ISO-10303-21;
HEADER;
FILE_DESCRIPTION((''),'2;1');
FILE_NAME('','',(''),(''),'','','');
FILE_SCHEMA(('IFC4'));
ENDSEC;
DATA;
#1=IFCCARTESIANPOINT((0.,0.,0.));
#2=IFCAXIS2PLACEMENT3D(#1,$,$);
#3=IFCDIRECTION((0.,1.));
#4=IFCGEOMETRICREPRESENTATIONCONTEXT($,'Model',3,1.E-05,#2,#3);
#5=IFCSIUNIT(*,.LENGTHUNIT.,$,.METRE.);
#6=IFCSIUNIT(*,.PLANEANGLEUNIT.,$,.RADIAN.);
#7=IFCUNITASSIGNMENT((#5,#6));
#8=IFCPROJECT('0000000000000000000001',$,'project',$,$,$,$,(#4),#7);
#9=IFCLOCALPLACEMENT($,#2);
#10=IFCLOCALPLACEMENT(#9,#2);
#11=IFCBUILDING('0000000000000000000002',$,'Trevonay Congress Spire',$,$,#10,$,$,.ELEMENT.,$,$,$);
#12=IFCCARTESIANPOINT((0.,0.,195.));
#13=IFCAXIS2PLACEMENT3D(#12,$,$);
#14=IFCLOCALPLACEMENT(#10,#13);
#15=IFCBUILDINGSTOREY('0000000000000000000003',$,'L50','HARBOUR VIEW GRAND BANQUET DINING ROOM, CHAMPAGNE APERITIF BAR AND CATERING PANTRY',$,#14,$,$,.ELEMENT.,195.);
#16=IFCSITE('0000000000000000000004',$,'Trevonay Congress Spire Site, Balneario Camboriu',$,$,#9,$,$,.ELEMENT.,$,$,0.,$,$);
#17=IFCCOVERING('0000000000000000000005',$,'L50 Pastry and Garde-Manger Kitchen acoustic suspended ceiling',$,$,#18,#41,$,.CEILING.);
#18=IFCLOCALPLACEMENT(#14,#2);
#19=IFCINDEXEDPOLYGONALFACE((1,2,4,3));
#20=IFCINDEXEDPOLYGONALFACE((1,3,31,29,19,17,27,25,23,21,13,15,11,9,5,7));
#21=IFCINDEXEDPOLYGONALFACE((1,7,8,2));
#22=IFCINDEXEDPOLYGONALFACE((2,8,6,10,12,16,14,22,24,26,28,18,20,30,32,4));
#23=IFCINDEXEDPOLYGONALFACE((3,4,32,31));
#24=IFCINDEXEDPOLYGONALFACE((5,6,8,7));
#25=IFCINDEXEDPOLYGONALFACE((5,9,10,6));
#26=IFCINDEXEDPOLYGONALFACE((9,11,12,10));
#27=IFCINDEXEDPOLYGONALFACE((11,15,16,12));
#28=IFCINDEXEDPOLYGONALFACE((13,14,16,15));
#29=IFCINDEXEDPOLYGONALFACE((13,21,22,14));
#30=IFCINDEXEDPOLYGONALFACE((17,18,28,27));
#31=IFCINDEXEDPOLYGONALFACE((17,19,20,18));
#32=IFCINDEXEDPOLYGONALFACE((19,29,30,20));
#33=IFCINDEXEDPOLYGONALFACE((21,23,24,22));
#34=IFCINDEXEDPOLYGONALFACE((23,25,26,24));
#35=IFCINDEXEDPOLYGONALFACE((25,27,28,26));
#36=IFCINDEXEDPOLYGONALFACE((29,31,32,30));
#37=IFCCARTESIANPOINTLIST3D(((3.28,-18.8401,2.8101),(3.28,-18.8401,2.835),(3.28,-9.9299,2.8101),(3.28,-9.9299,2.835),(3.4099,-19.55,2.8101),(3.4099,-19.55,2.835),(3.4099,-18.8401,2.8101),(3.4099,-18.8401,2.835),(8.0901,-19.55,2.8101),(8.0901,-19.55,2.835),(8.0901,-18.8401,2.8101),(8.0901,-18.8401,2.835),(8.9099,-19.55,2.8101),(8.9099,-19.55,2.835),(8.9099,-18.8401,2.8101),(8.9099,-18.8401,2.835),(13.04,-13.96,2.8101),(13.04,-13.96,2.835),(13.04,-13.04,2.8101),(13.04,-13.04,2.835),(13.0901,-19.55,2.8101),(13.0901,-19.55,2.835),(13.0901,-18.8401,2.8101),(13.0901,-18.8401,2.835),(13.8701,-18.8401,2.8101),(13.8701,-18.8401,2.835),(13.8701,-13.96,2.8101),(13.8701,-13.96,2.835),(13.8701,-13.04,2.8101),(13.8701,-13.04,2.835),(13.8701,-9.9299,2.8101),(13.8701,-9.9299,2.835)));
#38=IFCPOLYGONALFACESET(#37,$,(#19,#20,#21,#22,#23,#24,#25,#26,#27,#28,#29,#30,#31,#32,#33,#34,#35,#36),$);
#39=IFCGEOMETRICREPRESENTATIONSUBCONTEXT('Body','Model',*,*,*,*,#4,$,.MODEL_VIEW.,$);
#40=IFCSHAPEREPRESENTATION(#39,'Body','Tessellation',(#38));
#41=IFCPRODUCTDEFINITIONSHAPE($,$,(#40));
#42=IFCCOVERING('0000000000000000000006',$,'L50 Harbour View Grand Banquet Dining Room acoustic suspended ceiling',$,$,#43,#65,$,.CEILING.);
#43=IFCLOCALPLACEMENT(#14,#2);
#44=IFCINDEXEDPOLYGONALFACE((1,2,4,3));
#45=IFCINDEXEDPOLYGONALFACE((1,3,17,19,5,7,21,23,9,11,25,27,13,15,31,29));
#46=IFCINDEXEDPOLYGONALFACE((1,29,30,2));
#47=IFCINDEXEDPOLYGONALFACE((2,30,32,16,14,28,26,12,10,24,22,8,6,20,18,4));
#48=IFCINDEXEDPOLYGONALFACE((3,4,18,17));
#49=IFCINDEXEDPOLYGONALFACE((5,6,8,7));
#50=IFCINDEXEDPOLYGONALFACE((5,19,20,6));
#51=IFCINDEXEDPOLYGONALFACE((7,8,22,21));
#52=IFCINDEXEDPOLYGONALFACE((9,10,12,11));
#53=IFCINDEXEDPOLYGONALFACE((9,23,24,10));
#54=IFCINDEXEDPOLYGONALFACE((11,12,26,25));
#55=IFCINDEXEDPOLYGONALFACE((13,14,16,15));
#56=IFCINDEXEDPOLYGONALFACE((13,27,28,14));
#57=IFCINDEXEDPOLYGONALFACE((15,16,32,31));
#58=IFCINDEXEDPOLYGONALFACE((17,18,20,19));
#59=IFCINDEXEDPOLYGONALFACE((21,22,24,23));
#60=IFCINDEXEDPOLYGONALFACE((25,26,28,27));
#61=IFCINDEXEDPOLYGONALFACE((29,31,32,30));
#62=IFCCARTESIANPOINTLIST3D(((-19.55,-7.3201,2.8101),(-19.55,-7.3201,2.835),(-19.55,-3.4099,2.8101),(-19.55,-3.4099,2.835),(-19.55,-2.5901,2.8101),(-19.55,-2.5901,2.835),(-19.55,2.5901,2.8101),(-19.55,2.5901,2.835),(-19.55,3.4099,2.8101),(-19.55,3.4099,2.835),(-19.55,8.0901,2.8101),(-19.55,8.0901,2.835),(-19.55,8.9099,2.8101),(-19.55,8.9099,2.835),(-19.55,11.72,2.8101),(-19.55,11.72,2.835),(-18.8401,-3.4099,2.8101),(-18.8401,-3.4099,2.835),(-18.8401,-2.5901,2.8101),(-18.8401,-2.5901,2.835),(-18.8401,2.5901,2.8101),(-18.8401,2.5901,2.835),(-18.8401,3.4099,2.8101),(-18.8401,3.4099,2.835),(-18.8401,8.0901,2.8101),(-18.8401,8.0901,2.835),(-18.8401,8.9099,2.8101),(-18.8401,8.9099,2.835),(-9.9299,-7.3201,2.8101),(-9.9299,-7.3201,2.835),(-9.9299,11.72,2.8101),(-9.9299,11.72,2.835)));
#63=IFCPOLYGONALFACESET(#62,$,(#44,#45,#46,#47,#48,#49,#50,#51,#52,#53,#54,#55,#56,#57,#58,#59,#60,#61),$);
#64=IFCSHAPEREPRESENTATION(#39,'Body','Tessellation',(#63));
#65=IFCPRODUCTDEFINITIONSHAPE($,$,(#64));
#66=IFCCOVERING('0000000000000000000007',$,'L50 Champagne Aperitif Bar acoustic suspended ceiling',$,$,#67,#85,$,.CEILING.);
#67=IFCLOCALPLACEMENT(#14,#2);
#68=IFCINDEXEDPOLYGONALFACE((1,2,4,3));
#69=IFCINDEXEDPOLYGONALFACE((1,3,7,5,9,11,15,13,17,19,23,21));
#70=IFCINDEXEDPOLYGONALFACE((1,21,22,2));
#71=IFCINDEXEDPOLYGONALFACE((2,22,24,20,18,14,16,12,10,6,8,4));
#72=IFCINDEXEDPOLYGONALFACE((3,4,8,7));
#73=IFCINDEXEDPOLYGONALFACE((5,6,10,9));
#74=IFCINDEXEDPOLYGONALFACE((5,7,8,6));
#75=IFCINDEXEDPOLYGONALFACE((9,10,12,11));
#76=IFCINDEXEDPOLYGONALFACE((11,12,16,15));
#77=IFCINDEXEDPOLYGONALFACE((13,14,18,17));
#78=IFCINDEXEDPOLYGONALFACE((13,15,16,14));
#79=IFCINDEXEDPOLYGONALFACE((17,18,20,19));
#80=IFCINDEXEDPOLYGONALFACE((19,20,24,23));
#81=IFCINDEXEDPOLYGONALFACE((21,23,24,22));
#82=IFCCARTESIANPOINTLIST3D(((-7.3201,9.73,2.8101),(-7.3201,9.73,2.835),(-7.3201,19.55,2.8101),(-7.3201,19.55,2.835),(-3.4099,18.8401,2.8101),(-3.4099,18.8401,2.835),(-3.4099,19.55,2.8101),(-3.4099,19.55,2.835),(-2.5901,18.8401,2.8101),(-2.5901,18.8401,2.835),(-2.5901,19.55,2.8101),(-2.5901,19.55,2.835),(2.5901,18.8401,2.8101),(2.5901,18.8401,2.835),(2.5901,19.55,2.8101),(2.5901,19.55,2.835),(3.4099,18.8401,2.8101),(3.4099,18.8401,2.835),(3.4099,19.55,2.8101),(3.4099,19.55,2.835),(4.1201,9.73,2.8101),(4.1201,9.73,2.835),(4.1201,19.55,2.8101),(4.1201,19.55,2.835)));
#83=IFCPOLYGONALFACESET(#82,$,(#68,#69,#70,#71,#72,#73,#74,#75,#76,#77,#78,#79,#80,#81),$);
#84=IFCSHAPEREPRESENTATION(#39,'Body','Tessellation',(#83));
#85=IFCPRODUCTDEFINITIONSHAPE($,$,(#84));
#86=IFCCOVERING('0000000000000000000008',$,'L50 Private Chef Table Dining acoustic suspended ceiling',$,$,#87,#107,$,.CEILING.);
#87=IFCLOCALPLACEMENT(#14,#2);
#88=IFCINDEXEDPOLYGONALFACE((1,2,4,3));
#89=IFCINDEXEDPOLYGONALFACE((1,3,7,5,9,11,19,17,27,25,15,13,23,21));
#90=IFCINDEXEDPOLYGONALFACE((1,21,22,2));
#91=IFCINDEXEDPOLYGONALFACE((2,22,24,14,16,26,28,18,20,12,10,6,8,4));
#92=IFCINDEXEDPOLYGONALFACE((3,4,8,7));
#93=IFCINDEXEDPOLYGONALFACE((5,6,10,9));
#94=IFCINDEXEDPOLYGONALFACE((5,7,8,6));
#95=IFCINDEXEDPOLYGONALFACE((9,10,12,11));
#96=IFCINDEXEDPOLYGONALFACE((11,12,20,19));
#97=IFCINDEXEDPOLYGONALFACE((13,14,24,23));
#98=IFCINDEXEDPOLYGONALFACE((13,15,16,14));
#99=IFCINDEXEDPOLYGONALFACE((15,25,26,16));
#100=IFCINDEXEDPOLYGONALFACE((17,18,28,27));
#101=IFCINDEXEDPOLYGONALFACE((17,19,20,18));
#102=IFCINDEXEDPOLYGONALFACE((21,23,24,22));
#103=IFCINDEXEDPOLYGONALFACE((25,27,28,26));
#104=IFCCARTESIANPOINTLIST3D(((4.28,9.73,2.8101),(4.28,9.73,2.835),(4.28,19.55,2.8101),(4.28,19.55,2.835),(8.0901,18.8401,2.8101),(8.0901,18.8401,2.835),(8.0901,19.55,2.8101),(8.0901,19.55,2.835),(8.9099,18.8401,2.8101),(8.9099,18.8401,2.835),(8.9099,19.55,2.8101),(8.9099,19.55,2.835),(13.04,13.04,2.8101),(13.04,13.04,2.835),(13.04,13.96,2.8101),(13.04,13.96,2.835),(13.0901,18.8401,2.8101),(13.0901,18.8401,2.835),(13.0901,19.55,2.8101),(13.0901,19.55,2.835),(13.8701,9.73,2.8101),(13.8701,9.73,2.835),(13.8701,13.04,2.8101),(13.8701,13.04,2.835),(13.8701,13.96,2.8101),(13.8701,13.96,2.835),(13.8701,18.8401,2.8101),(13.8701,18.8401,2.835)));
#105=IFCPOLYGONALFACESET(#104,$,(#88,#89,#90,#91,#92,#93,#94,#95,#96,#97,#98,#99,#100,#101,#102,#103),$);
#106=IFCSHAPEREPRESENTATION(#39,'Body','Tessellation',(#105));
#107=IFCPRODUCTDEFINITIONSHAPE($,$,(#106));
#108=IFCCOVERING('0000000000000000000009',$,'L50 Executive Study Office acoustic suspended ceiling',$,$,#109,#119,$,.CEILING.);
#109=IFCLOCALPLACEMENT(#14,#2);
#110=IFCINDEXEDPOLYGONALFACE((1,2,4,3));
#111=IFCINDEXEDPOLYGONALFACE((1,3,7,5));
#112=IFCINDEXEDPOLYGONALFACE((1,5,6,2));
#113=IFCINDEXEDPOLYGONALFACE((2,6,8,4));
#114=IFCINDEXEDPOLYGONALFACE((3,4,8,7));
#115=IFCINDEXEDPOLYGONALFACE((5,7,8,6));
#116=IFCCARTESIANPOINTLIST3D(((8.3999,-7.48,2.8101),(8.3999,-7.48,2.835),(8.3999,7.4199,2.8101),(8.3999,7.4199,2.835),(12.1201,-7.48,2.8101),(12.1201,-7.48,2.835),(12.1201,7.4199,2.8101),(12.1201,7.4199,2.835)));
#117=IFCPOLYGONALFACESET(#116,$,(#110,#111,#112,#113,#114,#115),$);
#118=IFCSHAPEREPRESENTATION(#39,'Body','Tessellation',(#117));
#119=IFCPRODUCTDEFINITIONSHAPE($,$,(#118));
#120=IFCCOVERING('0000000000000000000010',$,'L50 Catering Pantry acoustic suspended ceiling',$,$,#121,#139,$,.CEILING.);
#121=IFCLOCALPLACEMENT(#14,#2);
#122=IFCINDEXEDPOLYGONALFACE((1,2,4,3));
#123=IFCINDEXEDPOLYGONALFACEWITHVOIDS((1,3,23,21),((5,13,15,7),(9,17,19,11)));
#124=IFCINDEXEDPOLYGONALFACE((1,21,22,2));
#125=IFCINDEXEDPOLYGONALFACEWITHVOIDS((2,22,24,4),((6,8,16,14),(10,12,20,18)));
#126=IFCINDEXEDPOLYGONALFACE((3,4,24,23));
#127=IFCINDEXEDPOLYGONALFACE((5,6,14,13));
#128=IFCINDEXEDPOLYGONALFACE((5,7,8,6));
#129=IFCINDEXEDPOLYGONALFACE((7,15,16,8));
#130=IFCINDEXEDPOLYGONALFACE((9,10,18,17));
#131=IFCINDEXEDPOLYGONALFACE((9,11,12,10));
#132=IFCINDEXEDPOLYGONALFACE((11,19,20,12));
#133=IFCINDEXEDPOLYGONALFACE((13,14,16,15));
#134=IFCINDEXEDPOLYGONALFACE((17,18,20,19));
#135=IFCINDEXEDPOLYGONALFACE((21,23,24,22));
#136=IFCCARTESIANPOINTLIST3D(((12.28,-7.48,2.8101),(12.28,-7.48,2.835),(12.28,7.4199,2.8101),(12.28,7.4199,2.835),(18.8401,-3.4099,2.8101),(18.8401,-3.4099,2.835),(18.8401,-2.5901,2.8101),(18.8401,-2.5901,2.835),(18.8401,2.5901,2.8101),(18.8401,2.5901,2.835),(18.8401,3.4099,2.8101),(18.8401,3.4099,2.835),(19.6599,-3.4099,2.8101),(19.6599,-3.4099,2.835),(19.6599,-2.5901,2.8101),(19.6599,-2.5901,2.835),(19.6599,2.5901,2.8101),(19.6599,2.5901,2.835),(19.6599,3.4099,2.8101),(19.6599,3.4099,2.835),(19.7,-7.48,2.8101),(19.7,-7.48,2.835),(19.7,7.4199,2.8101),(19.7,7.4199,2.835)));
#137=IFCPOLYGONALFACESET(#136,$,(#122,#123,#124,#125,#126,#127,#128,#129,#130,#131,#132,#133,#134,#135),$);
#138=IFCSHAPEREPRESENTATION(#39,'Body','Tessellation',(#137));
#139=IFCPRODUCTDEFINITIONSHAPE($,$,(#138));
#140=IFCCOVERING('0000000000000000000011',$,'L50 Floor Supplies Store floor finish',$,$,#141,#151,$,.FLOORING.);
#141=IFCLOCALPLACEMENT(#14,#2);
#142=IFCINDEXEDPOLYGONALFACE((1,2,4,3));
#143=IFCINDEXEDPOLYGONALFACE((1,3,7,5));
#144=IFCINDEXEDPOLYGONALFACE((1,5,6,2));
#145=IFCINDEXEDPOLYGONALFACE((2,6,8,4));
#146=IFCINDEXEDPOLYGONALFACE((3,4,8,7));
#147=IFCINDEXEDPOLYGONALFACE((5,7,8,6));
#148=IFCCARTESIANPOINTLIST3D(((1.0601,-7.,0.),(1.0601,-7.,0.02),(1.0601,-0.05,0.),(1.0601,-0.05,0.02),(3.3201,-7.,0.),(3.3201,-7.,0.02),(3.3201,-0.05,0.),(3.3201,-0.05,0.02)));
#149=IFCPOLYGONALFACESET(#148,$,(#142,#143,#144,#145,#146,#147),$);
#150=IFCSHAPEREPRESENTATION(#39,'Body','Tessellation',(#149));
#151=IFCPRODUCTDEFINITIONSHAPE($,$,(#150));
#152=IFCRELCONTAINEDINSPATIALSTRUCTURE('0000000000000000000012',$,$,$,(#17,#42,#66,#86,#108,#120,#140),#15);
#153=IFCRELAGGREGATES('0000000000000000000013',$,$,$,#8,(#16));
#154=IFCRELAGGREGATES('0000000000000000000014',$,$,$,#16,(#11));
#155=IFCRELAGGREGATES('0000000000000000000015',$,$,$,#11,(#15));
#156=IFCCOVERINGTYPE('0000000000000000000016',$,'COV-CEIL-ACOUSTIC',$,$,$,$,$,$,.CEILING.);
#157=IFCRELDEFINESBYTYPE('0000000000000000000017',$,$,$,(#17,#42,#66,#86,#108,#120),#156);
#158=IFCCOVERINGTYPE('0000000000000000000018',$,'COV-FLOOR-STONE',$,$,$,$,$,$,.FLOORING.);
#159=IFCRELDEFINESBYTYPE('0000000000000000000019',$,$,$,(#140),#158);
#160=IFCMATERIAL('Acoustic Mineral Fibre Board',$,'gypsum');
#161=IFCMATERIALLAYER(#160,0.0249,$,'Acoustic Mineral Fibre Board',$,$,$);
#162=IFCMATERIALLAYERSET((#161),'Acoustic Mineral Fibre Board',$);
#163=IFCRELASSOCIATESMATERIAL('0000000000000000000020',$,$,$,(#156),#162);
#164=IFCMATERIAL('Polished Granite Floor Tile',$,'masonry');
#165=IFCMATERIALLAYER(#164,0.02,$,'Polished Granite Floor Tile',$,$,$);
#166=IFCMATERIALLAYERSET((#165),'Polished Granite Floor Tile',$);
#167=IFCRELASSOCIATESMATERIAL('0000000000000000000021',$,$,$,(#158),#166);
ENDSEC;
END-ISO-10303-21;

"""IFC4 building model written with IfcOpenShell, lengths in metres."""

from ifc_helpers import new_model, si_unit, direction, frame, origin, place, context, subcontext, project, spatial, polyline, outline, extrude, material, layer, layer_set, type_object, element, save


model = new_model("IFC4")

# Units and contexts
model_context = context("Model", 3, precision=1e-05, world=origin(), true_north=direction((0.0, 1.0)))
body_context = subcontext(model_context, "Body", "Model", "MODEL_VIEW")
ifc_project = project(units=[si_unit("LENGTHUNIT", "METRE"), si_unit("PLANEANGLEUNIT", "RADIAN")], contexts=[model_context])

# Site, building, storey
site_placement = place(None, origin())
site = spatial("IfcSite", under=ifc_project, at=site_placement, Name="Trevonay Congress Spire Site, Balneario Camboriu", CompositionType="ELEMENT", RefElevation=0.0)
building_placement = place(site_placement, origin())
building = spatial("IfcBuilding", under=site, at=building_placement, Name="Trevonay Congress Spire", CompositionType="ELEMENT")
storey_placement = place(building_placement, frame((0.0, 0.0, 195.0)))
storey = spatial("IfcBuildingStorey", under=building, at=storey_placement, Name="L50", Description="HARBOUR VIEW GRAND BANQUET DINING ROOM, CHAMPAGNE APERITIF BAR AND CATERING PANTRY", CompositionType="ELEMENT", Elevation=195.0)

# Coverings
ifc_material_1 = material(Name="Acoustic Mineral Fibre Board", Category="gypsum")
ifc_layer_1 = layer(ifc_material_1, 0.0249, Name="Acoustic Mineral Fibre Board")
ifc_layer_set_1 = layer_set([ifc_layer_1], Name="Acoustic Mineral Fibre Board")
covering_type_1 = type_object("IfcCoveringType", Name="COV-CEIL-ACOUSTIC", PredefinedType="CEILING", material=ifc_layer_set_1)
covering_1_placement = place(storey_placement, frame((0.0, 0.0, 2.8101)))
element("IfcCovering", 1, at=covering_1_placement, inside=storey, type_object=covering_type_1, Name="L50 Pastry and Garde-Manger Kitchen acoustic suspended ceiling", PredefinedType="CEILING", context=body_context, shape_type="SweptSolid", body=[
    extrude(outline(polyline([(3.4099, -19.55), (3.4099, -18.8401), (3.28, -18.8401), (3.28, -9.9299), (13.8701, -9.9299), (13.8701, -13.04), (13.04, -13.04), (13.04, -13.96), (13.8701, -13.96), (13.8701, -18.8401), (13.0901, -18.8401), (13.0901, -19.55), (8.9099, -19.55), (8.9099, -18.8401), (8.0901, -18.8401), (8.0901, -19.55), (3.4099, -19.55)])), origin(), (0.0, 0.0, 1.0), 0.0249),
])
covering_2_placement = place(storey_placement, frame((0.0, 0.0, 2.8101)))
element("IfcCovering", 2, at=covering_2_placement, inside=storey, type_object=covering_type_1, Name="L50 Harbour View Grand Banquet Dining Room acoustic suspended ceiling", PredefinedType="CEILING", context=body_context, shape_type="SweptSolid", body=[
    extrude(outline(polyline([(-19.55, 11.72), (-9.9299, 11.72), (-9.9299, -7.3201), (-19.55, -7.3201), (-19.55, -3.4099), (-18.8401, -3.4099), (-18.8401, -2.5901), (-19.55, -2.5901), (-19.55, 2.5901), (-18.8401, 2.5901), (-18.8401, 3.4099), (-19.55, 3.4099), (-19.55, 8.0901), (-18.8401, 8.0901), (-18.8401, 8.9099), (-19.55, 8.9099), (-19.55, 11.72)])), origin(), (0.0, 0.0, 1.0), 0.0249),
])
covering_3_placement = place(storey_placement, frame((0.0, 0.0, 2.8101)))
element("IfcCovering", 3, at=covering_3_placement, inside=storey, type_object=covering_type_1, Name="L50 Champagne Aperitif Bar acoustic suspended ceiling", PredefinedType="CEILING", context=body_context, shape_type="SweptSolid", body=[
    extrude(outline(polyline([(4.1201, 19.55), (4.1201, 9.73), (-7.3201, 9.73), (-7.3201, 19.55), (-3.4099, 19.55), (-3.4099, 18.8401), (-2.5901, 18.8401), (-2.5901, 19.55), (2.5901, 19.55), (2.5901, 18.8401), (3.4099, 18.8401), (3.4099, 19.55), (4.1201, 19.55)])), origin(), (0.0, 0.0, 1.0), 0.0249),
])
covering_4_placement = place(storey_placement, frame((0.0, 0.0, 2.8101)))
element("IfcCovering", 4, at=covering_4_placement, inside=storey, type_object=covering_type_1, Name="L50 Private Chef Table Dining acoustic suspended ceiling", PredefinedType="CEILING", context=body_context, shape_type="SweptSolid", body=[
    extrude(outline(polyline([(13.8701, 9.73), (4.28, 9.73), (4.28, 19.55), (8.0901, 19.55), (8.0901, 18.8401), (8.9099, 18.8401), (8.9099, 19.55), (13.0901, 19.55), (13.0901, 18.8401), (13.8701, 18.8401), (13.8701, 13.96), (13.04, 13.96), (13.04, 13.04), (13.8701, 13.04), (13.8701, 9.73)])), origin(), (0.0, 0.0, 1.0), 0.0249),
])
covering_5_placement = place(storey_placement, frame((0.0, 0.0, 2.8101)))
element("IfcCovering", 5, at=covering_5_placement, inside=storey, type_object=covering_type_1, Name="L50 Executive Study Office acoustic suspended ceiling", PredefinedType="CEILING", context=body_context, shape_type="SweptSolid", body=[
    extrude(outline(polyline([(8.3999, -7.48), (12.1201, -7.48), (12.1201, 7.4199), (8.3999, 7.4199), (8.3999, -7.48)])), origin(), (0.0, 0.0, 1.0), 0.0249),
])
covering_6_placement = place(storey_placement, frame((0.0, 0.0, 2.8101)))
element("IfcCovering", 6, at=covering_6_placement, inside=storey, type_object=covering_type_1, Name="L50 Catering Pantry acoustic suspended ceiling", PredefinedType="CEILING", context=body_context, shape_type="SweptSolid", body=[
    extrude(outline(polyline([(12.28, 7.4199), (19.7, 7.4199), (19.7, -7.48), (12.28, -7.48), (12.28, 7.4199)]), holes=[polyline([(18.8401, -3.4099), (19.6599, -3.4099), (19.6599, -2.5901), (18.8401, -2.5901), (18.8401, -3.4099)]), polyline([(18.8401, 2.5901), (19.6599, 2.5901), (19.6599, 3.4099), (18.8401, 3.4099), (18.8401, 2.5901)])]), origin(), (0.0, 0.0, 1.0), 0.0249),
])
ifc_material_2 = material(Name="Polished Granite Floor Tile", Category="masonry")
ifc_layer_2 = layer(ifc_material_2, 0.02, Name="Polished Granite Floor Tile")
ifc_layer_set_2 = layer_set([ifc_layer_2], Name="Polished Granite Floor Tile")
covering_type_2 = type_object("IfcCoveringType", Name="COV-FLOOR-STONE", PredefinedType="FLOORING", material=ifc_layer_set_2)
covering_7_placement = place(storey_placement, origin())
element("IfcCovering", 7, at=covering_7_placement, inside=storey, type_object=covering_type_2, Name="L50 Floor Supplies Store floor finish", PredefinedType="FLOORING", context=body_context, shape_type="SweptSolid", body=[
    extrude(outline(polyline([(1.0601, -7.0), (3.3201, -7.0), (3.3201, -0.05), (1.0601, -0.05), (1.0601, -7.0)])), origin(), (0.0, 0.0, 1.0), 0.02),
])

save(model, "model.ifc")
